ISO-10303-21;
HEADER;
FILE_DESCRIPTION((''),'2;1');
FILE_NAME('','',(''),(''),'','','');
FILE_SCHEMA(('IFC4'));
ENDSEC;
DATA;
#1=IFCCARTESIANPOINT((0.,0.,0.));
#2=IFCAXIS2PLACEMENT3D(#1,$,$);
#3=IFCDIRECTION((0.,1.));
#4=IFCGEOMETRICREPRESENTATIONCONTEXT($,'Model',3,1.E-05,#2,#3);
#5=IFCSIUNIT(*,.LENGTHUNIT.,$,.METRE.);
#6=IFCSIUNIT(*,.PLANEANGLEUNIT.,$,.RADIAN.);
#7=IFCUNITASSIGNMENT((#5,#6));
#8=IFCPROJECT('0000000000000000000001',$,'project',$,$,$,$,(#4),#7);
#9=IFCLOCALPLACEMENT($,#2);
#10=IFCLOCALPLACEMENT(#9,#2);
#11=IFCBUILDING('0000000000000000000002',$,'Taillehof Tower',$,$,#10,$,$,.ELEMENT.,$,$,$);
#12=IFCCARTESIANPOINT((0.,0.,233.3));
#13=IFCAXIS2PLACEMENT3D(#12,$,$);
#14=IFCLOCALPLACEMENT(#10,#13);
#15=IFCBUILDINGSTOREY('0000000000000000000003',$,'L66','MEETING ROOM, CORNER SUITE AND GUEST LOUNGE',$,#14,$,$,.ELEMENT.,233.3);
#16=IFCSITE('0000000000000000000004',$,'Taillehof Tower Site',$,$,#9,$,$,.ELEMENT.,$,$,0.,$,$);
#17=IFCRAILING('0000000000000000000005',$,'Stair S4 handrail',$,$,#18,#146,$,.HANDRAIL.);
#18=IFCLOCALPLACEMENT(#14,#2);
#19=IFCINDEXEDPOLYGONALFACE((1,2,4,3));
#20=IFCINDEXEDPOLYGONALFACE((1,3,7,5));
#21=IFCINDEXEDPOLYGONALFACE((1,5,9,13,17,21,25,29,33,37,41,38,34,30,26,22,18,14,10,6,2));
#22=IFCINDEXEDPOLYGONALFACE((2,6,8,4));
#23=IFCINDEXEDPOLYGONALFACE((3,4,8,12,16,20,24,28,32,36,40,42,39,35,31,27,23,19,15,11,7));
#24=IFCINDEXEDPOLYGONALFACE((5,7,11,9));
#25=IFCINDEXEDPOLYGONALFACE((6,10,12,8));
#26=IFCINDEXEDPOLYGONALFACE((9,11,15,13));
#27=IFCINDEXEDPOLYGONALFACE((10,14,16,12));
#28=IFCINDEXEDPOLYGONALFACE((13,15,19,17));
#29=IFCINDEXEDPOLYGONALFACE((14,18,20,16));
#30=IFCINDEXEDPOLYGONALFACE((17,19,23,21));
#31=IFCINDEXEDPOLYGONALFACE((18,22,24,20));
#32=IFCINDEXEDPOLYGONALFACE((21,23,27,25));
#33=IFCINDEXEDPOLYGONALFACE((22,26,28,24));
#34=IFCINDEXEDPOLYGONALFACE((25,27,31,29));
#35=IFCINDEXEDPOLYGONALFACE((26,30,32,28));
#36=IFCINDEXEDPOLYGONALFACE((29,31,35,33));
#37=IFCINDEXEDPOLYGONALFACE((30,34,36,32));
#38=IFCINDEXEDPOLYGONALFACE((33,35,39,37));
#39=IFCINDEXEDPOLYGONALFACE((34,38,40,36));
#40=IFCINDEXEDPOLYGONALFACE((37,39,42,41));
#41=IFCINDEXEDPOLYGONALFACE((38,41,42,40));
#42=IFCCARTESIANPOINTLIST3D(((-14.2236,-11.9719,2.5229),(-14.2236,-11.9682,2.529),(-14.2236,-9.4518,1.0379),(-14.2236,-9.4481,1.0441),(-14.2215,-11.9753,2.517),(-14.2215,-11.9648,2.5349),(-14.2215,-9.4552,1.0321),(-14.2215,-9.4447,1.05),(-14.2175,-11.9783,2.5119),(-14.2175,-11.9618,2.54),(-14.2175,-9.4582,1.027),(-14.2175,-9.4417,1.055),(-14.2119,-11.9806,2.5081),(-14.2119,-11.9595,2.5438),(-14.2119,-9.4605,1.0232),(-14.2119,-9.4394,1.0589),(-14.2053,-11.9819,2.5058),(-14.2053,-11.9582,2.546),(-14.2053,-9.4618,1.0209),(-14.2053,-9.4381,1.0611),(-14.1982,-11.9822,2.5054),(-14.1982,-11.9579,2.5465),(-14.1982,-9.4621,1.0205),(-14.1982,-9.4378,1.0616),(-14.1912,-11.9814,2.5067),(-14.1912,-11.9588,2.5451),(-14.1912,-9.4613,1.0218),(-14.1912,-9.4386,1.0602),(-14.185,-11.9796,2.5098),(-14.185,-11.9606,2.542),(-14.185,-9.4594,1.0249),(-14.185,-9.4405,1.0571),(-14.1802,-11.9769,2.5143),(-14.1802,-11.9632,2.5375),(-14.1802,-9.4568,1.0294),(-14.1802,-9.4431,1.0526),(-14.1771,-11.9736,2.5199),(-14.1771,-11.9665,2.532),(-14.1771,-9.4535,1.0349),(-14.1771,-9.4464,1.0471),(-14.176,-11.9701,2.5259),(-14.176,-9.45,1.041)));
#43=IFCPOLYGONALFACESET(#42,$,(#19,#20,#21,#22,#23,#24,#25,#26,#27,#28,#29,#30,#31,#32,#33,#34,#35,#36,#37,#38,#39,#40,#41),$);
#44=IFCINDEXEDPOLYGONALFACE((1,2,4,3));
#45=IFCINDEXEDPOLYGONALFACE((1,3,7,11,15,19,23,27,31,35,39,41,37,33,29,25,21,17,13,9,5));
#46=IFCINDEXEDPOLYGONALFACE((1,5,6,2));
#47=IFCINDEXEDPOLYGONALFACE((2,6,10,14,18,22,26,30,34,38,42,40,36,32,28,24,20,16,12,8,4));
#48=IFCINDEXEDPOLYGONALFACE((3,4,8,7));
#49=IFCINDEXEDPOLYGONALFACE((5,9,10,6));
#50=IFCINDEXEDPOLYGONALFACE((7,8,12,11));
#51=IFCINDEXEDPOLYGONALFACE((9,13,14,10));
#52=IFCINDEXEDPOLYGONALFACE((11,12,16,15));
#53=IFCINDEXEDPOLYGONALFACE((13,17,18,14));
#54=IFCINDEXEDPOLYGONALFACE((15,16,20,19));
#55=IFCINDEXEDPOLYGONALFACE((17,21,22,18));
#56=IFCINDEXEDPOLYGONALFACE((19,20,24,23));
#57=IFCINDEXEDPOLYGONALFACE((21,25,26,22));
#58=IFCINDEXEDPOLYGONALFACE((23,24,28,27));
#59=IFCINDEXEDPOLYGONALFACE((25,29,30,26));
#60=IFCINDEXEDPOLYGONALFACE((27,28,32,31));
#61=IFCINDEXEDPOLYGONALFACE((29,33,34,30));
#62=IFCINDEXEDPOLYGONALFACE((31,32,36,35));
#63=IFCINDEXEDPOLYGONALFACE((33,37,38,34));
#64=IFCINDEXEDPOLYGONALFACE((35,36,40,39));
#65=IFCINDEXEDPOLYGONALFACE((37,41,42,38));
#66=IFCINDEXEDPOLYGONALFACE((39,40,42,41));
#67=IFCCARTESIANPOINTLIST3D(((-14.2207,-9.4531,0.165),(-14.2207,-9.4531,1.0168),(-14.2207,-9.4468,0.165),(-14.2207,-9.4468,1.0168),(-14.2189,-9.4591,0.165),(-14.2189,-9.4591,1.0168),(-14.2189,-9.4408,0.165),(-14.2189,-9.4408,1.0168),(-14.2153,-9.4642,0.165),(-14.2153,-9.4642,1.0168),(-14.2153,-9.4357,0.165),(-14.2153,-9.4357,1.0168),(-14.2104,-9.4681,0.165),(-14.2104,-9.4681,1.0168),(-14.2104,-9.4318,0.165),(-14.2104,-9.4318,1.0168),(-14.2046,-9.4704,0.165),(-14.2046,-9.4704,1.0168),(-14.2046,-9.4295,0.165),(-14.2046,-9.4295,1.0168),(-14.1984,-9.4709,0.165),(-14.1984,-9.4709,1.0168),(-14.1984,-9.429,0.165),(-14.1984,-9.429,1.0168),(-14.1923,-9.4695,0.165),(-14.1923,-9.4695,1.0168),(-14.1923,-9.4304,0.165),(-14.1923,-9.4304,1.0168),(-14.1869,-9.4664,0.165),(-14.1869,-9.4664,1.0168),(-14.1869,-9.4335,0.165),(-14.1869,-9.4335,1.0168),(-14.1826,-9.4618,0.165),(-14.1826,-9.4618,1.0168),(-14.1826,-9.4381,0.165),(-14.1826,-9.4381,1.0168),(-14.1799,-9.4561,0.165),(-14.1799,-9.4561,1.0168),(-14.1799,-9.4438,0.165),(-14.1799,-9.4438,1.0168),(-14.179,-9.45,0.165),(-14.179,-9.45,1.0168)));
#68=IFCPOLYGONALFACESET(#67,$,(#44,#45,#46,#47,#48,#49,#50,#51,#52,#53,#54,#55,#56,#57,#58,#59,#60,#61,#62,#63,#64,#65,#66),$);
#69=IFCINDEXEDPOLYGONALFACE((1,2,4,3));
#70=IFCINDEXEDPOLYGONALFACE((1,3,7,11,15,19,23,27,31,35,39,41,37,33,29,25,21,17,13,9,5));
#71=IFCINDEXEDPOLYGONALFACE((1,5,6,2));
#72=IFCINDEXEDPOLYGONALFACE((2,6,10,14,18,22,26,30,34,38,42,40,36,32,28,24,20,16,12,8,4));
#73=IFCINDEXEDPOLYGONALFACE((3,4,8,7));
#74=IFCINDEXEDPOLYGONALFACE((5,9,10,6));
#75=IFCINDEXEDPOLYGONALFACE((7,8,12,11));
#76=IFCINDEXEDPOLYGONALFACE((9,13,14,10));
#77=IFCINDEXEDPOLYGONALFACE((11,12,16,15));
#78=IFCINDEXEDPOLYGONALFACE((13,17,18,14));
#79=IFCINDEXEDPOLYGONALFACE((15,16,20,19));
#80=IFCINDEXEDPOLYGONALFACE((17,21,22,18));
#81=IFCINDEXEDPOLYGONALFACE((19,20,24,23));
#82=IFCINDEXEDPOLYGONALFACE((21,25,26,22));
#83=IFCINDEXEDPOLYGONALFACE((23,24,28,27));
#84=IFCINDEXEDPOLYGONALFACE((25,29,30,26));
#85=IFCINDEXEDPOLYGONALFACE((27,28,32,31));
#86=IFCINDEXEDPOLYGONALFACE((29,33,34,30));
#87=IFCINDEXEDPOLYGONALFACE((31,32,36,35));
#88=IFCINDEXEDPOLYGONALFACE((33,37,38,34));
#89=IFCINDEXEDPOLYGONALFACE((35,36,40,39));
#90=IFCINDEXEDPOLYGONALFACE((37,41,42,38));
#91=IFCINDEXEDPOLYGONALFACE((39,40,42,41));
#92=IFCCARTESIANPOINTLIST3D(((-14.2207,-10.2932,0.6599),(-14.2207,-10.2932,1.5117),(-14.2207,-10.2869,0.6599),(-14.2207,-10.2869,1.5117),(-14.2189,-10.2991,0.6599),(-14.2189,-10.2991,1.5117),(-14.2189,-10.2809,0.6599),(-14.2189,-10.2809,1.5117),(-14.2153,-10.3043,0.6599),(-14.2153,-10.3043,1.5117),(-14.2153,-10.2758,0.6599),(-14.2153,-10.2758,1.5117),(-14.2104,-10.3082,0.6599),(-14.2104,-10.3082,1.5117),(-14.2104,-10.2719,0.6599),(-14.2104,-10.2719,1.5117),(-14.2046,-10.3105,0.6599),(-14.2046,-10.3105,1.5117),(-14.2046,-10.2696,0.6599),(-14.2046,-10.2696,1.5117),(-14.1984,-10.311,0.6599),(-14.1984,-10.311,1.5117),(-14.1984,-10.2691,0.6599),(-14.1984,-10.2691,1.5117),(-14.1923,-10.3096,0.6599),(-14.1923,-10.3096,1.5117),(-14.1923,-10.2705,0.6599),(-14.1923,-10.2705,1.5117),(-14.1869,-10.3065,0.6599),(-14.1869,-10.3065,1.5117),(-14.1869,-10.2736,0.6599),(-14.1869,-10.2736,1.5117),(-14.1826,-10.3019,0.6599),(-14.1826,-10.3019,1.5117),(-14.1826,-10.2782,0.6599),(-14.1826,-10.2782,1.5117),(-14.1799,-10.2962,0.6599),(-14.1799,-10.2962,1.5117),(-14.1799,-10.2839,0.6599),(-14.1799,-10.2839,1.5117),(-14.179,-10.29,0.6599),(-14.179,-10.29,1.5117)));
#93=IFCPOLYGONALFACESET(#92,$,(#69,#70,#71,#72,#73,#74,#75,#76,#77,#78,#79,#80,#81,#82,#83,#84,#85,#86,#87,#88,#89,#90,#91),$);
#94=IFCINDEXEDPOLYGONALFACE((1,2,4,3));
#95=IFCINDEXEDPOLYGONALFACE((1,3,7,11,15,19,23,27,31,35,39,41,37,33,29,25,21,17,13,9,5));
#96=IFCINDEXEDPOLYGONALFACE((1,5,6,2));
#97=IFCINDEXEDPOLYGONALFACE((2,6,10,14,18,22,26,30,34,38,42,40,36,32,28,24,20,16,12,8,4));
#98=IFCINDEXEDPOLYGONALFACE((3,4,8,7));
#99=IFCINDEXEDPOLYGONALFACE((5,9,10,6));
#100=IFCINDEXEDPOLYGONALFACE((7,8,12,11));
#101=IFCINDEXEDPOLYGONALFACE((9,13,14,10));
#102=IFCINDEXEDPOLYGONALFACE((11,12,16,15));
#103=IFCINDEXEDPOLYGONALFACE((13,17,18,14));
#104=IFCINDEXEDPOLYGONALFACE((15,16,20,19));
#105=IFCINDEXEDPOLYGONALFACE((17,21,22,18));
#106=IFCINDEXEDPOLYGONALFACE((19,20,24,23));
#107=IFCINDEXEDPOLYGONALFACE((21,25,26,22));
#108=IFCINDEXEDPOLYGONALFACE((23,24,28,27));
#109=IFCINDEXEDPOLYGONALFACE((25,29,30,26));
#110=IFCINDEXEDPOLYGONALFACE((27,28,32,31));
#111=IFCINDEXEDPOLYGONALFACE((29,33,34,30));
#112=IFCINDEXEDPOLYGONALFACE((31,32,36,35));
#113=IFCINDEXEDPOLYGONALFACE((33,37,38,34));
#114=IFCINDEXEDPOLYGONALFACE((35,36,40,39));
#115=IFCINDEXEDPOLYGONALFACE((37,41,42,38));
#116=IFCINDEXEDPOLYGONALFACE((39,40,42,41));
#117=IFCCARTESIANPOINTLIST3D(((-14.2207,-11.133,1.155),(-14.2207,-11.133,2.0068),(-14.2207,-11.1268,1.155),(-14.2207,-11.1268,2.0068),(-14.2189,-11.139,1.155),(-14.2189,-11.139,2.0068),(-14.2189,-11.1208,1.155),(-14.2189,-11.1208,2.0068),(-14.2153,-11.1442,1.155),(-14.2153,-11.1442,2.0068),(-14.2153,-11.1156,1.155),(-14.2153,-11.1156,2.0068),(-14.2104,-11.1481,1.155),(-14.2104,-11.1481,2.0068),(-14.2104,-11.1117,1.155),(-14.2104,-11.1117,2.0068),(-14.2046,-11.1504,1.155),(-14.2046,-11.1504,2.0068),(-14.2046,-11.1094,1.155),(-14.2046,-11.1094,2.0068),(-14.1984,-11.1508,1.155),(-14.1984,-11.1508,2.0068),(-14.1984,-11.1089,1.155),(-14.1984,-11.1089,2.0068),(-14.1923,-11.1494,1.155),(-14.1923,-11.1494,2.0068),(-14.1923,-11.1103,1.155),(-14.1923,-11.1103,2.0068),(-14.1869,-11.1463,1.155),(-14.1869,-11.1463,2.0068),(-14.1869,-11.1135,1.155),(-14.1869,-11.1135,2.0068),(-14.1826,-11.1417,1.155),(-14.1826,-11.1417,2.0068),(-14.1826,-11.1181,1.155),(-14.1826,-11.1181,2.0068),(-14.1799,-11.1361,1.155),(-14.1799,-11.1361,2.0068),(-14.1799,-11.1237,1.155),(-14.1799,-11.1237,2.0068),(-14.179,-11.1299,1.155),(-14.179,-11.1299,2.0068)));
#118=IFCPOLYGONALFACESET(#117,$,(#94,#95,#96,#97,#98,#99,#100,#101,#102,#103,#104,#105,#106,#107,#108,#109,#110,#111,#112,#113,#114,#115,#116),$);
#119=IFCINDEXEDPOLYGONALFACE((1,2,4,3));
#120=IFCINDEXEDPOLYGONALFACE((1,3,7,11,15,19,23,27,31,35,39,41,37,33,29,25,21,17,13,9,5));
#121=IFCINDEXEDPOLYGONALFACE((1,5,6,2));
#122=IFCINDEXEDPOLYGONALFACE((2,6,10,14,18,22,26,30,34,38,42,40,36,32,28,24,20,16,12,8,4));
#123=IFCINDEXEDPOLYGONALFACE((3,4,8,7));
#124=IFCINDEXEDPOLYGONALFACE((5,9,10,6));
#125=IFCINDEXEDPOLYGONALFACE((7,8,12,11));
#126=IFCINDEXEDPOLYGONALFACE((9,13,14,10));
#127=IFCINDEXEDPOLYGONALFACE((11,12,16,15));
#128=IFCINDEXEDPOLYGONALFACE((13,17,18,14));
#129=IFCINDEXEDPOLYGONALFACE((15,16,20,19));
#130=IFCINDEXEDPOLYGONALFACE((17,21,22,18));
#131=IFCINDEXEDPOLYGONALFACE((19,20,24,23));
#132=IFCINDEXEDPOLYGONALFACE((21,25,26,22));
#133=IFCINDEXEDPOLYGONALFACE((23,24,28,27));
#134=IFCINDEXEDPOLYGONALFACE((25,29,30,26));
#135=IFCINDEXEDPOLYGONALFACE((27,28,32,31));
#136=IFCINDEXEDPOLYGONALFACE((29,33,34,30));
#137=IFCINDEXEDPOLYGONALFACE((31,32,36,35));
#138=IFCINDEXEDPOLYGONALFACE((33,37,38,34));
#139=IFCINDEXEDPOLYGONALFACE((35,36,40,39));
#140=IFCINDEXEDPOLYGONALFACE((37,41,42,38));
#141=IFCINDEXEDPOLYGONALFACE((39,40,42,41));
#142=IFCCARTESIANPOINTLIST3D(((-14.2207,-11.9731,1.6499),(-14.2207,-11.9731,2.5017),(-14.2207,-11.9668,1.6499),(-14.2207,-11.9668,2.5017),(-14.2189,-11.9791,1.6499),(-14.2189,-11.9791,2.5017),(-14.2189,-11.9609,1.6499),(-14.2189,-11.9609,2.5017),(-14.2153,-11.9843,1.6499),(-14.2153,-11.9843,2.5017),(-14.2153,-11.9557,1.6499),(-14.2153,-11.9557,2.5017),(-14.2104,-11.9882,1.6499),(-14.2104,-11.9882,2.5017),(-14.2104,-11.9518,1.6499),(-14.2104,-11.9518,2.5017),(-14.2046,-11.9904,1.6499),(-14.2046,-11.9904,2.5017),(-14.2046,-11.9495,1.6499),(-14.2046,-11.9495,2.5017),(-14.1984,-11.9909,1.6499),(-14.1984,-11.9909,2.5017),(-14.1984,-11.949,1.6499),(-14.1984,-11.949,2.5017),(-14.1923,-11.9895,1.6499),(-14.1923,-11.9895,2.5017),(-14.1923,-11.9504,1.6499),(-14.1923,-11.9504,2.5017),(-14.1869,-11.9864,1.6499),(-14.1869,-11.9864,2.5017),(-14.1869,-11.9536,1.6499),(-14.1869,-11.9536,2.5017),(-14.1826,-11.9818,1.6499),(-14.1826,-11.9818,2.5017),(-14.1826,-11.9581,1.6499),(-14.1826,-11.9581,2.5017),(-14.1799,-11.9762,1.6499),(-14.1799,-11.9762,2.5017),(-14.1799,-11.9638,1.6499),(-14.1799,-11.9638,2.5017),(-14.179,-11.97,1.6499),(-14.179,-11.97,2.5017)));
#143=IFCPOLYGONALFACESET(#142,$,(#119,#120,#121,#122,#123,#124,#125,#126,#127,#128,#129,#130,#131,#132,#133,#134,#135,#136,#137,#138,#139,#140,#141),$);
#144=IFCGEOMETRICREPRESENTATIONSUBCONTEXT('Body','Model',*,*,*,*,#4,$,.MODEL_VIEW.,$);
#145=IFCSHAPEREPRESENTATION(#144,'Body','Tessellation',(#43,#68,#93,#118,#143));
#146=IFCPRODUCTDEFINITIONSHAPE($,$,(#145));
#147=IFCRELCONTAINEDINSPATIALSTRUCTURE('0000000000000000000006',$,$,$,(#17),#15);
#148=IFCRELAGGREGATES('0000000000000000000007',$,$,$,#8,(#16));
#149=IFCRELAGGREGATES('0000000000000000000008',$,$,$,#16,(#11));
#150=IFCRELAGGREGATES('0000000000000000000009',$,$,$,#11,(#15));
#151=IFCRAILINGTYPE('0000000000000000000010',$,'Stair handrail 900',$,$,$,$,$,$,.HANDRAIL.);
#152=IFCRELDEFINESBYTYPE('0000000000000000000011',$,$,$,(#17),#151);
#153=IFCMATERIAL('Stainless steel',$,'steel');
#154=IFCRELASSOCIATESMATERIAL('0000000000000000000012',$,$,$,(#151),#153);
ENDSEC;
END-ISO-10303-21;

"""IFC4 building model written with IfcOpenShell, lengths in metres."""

from ifc_helpers import new_model, si_unit, direction, frame, origin, origin_2d, place, context, subcontext, project, spatial, circle, extrude, material, type_object, element, save


model = new_model("IFC4")

# Units and contexts
model_context = context("Model", 3, precision=1e-05, world=origin(), true_north=direction((0.0, 1.0)))
body_context = subcontext(model_context, "Body", "Model", "MODEL_VIEW")
ifc_project = project(units=[si_unit("LENGTHUNIT", "METRE"), si_unit("PLANEANGLEUNIT", "RADIAN")], contexts=[model_context])

# Site, building, storey
site_placement = place(None, origin())
site = spatial("IfcSite", under=ifc_project, at=site_placement, Name="Taillehof Tower Site", CompositionType="ELEMENT", RefElevation=0.0)
building_placement = place(site_placement, origin())
building = spatial("IfcBuilding", under=site, at=building_placement, Name="Taillehof Tower", CompositionType="ELEMENT")
storey_placement = place(building_placement, frame((0.0, 0.0, 233.3)))
storey = spatial("IfcBuildingStorey", under=building, at=storey_placement, Name="L66", Description="MEETING ROOM, CORNER SUITE AND GUEST LOUNGE", CompositionType="ELEMENT", Elevation=233.3)

# Railing
ifc_material_1 = material(Name="Stainless steel", Category="steel")
railing_type = type_object("IfcRailingType", Name="Stair handrail 900", PredefinedType="HANDRAIL", material=ifc_material_1)
railing_placement = place(storey_placement, frame((-14.2, -9.45, 0.165)))
element("IfcRailing", 1, at=railing_placement, inside=storey, type_object=railing_type, Name="Stair S4 handrail", PredefinedType="HANDRAIL", context=body_context, shape_type="SweptSolid", body=[
    extrude(circle(Radius=0.0239, at=origin_2d()), frame((0.0, 0.0, 0.876), z_axis=(0.0, -0.861561, 0.507655), x_axis=(1.0, 0.0, 0.0)), (0.0, 0.0, 1.0), 2.925),
    extrude(circle(Radius=0.021, at=origin_2d()), origin(), (0.0, 0.0, 1.0), 0.8518),
    extrude(circle(Radius=0.021, at=origin_2d()), frame((0.0, -0.8401, 0.4949)), (0.0, 0.0, 1.0), 0.8518),
    extrude(circle(Radius=0.021, at=origin_2d()), frame((0.0, -1.6799, 0.99)), (0.0, 0.0, 1.0), 0.8518),
    extrude(circle(Radius=0.021, at=origin_2d()), frame((0.0, -2.52, 1.4849)), (0.0, 0.0, 1.0), 0.8518),
])

save(model, "model.ifc")
